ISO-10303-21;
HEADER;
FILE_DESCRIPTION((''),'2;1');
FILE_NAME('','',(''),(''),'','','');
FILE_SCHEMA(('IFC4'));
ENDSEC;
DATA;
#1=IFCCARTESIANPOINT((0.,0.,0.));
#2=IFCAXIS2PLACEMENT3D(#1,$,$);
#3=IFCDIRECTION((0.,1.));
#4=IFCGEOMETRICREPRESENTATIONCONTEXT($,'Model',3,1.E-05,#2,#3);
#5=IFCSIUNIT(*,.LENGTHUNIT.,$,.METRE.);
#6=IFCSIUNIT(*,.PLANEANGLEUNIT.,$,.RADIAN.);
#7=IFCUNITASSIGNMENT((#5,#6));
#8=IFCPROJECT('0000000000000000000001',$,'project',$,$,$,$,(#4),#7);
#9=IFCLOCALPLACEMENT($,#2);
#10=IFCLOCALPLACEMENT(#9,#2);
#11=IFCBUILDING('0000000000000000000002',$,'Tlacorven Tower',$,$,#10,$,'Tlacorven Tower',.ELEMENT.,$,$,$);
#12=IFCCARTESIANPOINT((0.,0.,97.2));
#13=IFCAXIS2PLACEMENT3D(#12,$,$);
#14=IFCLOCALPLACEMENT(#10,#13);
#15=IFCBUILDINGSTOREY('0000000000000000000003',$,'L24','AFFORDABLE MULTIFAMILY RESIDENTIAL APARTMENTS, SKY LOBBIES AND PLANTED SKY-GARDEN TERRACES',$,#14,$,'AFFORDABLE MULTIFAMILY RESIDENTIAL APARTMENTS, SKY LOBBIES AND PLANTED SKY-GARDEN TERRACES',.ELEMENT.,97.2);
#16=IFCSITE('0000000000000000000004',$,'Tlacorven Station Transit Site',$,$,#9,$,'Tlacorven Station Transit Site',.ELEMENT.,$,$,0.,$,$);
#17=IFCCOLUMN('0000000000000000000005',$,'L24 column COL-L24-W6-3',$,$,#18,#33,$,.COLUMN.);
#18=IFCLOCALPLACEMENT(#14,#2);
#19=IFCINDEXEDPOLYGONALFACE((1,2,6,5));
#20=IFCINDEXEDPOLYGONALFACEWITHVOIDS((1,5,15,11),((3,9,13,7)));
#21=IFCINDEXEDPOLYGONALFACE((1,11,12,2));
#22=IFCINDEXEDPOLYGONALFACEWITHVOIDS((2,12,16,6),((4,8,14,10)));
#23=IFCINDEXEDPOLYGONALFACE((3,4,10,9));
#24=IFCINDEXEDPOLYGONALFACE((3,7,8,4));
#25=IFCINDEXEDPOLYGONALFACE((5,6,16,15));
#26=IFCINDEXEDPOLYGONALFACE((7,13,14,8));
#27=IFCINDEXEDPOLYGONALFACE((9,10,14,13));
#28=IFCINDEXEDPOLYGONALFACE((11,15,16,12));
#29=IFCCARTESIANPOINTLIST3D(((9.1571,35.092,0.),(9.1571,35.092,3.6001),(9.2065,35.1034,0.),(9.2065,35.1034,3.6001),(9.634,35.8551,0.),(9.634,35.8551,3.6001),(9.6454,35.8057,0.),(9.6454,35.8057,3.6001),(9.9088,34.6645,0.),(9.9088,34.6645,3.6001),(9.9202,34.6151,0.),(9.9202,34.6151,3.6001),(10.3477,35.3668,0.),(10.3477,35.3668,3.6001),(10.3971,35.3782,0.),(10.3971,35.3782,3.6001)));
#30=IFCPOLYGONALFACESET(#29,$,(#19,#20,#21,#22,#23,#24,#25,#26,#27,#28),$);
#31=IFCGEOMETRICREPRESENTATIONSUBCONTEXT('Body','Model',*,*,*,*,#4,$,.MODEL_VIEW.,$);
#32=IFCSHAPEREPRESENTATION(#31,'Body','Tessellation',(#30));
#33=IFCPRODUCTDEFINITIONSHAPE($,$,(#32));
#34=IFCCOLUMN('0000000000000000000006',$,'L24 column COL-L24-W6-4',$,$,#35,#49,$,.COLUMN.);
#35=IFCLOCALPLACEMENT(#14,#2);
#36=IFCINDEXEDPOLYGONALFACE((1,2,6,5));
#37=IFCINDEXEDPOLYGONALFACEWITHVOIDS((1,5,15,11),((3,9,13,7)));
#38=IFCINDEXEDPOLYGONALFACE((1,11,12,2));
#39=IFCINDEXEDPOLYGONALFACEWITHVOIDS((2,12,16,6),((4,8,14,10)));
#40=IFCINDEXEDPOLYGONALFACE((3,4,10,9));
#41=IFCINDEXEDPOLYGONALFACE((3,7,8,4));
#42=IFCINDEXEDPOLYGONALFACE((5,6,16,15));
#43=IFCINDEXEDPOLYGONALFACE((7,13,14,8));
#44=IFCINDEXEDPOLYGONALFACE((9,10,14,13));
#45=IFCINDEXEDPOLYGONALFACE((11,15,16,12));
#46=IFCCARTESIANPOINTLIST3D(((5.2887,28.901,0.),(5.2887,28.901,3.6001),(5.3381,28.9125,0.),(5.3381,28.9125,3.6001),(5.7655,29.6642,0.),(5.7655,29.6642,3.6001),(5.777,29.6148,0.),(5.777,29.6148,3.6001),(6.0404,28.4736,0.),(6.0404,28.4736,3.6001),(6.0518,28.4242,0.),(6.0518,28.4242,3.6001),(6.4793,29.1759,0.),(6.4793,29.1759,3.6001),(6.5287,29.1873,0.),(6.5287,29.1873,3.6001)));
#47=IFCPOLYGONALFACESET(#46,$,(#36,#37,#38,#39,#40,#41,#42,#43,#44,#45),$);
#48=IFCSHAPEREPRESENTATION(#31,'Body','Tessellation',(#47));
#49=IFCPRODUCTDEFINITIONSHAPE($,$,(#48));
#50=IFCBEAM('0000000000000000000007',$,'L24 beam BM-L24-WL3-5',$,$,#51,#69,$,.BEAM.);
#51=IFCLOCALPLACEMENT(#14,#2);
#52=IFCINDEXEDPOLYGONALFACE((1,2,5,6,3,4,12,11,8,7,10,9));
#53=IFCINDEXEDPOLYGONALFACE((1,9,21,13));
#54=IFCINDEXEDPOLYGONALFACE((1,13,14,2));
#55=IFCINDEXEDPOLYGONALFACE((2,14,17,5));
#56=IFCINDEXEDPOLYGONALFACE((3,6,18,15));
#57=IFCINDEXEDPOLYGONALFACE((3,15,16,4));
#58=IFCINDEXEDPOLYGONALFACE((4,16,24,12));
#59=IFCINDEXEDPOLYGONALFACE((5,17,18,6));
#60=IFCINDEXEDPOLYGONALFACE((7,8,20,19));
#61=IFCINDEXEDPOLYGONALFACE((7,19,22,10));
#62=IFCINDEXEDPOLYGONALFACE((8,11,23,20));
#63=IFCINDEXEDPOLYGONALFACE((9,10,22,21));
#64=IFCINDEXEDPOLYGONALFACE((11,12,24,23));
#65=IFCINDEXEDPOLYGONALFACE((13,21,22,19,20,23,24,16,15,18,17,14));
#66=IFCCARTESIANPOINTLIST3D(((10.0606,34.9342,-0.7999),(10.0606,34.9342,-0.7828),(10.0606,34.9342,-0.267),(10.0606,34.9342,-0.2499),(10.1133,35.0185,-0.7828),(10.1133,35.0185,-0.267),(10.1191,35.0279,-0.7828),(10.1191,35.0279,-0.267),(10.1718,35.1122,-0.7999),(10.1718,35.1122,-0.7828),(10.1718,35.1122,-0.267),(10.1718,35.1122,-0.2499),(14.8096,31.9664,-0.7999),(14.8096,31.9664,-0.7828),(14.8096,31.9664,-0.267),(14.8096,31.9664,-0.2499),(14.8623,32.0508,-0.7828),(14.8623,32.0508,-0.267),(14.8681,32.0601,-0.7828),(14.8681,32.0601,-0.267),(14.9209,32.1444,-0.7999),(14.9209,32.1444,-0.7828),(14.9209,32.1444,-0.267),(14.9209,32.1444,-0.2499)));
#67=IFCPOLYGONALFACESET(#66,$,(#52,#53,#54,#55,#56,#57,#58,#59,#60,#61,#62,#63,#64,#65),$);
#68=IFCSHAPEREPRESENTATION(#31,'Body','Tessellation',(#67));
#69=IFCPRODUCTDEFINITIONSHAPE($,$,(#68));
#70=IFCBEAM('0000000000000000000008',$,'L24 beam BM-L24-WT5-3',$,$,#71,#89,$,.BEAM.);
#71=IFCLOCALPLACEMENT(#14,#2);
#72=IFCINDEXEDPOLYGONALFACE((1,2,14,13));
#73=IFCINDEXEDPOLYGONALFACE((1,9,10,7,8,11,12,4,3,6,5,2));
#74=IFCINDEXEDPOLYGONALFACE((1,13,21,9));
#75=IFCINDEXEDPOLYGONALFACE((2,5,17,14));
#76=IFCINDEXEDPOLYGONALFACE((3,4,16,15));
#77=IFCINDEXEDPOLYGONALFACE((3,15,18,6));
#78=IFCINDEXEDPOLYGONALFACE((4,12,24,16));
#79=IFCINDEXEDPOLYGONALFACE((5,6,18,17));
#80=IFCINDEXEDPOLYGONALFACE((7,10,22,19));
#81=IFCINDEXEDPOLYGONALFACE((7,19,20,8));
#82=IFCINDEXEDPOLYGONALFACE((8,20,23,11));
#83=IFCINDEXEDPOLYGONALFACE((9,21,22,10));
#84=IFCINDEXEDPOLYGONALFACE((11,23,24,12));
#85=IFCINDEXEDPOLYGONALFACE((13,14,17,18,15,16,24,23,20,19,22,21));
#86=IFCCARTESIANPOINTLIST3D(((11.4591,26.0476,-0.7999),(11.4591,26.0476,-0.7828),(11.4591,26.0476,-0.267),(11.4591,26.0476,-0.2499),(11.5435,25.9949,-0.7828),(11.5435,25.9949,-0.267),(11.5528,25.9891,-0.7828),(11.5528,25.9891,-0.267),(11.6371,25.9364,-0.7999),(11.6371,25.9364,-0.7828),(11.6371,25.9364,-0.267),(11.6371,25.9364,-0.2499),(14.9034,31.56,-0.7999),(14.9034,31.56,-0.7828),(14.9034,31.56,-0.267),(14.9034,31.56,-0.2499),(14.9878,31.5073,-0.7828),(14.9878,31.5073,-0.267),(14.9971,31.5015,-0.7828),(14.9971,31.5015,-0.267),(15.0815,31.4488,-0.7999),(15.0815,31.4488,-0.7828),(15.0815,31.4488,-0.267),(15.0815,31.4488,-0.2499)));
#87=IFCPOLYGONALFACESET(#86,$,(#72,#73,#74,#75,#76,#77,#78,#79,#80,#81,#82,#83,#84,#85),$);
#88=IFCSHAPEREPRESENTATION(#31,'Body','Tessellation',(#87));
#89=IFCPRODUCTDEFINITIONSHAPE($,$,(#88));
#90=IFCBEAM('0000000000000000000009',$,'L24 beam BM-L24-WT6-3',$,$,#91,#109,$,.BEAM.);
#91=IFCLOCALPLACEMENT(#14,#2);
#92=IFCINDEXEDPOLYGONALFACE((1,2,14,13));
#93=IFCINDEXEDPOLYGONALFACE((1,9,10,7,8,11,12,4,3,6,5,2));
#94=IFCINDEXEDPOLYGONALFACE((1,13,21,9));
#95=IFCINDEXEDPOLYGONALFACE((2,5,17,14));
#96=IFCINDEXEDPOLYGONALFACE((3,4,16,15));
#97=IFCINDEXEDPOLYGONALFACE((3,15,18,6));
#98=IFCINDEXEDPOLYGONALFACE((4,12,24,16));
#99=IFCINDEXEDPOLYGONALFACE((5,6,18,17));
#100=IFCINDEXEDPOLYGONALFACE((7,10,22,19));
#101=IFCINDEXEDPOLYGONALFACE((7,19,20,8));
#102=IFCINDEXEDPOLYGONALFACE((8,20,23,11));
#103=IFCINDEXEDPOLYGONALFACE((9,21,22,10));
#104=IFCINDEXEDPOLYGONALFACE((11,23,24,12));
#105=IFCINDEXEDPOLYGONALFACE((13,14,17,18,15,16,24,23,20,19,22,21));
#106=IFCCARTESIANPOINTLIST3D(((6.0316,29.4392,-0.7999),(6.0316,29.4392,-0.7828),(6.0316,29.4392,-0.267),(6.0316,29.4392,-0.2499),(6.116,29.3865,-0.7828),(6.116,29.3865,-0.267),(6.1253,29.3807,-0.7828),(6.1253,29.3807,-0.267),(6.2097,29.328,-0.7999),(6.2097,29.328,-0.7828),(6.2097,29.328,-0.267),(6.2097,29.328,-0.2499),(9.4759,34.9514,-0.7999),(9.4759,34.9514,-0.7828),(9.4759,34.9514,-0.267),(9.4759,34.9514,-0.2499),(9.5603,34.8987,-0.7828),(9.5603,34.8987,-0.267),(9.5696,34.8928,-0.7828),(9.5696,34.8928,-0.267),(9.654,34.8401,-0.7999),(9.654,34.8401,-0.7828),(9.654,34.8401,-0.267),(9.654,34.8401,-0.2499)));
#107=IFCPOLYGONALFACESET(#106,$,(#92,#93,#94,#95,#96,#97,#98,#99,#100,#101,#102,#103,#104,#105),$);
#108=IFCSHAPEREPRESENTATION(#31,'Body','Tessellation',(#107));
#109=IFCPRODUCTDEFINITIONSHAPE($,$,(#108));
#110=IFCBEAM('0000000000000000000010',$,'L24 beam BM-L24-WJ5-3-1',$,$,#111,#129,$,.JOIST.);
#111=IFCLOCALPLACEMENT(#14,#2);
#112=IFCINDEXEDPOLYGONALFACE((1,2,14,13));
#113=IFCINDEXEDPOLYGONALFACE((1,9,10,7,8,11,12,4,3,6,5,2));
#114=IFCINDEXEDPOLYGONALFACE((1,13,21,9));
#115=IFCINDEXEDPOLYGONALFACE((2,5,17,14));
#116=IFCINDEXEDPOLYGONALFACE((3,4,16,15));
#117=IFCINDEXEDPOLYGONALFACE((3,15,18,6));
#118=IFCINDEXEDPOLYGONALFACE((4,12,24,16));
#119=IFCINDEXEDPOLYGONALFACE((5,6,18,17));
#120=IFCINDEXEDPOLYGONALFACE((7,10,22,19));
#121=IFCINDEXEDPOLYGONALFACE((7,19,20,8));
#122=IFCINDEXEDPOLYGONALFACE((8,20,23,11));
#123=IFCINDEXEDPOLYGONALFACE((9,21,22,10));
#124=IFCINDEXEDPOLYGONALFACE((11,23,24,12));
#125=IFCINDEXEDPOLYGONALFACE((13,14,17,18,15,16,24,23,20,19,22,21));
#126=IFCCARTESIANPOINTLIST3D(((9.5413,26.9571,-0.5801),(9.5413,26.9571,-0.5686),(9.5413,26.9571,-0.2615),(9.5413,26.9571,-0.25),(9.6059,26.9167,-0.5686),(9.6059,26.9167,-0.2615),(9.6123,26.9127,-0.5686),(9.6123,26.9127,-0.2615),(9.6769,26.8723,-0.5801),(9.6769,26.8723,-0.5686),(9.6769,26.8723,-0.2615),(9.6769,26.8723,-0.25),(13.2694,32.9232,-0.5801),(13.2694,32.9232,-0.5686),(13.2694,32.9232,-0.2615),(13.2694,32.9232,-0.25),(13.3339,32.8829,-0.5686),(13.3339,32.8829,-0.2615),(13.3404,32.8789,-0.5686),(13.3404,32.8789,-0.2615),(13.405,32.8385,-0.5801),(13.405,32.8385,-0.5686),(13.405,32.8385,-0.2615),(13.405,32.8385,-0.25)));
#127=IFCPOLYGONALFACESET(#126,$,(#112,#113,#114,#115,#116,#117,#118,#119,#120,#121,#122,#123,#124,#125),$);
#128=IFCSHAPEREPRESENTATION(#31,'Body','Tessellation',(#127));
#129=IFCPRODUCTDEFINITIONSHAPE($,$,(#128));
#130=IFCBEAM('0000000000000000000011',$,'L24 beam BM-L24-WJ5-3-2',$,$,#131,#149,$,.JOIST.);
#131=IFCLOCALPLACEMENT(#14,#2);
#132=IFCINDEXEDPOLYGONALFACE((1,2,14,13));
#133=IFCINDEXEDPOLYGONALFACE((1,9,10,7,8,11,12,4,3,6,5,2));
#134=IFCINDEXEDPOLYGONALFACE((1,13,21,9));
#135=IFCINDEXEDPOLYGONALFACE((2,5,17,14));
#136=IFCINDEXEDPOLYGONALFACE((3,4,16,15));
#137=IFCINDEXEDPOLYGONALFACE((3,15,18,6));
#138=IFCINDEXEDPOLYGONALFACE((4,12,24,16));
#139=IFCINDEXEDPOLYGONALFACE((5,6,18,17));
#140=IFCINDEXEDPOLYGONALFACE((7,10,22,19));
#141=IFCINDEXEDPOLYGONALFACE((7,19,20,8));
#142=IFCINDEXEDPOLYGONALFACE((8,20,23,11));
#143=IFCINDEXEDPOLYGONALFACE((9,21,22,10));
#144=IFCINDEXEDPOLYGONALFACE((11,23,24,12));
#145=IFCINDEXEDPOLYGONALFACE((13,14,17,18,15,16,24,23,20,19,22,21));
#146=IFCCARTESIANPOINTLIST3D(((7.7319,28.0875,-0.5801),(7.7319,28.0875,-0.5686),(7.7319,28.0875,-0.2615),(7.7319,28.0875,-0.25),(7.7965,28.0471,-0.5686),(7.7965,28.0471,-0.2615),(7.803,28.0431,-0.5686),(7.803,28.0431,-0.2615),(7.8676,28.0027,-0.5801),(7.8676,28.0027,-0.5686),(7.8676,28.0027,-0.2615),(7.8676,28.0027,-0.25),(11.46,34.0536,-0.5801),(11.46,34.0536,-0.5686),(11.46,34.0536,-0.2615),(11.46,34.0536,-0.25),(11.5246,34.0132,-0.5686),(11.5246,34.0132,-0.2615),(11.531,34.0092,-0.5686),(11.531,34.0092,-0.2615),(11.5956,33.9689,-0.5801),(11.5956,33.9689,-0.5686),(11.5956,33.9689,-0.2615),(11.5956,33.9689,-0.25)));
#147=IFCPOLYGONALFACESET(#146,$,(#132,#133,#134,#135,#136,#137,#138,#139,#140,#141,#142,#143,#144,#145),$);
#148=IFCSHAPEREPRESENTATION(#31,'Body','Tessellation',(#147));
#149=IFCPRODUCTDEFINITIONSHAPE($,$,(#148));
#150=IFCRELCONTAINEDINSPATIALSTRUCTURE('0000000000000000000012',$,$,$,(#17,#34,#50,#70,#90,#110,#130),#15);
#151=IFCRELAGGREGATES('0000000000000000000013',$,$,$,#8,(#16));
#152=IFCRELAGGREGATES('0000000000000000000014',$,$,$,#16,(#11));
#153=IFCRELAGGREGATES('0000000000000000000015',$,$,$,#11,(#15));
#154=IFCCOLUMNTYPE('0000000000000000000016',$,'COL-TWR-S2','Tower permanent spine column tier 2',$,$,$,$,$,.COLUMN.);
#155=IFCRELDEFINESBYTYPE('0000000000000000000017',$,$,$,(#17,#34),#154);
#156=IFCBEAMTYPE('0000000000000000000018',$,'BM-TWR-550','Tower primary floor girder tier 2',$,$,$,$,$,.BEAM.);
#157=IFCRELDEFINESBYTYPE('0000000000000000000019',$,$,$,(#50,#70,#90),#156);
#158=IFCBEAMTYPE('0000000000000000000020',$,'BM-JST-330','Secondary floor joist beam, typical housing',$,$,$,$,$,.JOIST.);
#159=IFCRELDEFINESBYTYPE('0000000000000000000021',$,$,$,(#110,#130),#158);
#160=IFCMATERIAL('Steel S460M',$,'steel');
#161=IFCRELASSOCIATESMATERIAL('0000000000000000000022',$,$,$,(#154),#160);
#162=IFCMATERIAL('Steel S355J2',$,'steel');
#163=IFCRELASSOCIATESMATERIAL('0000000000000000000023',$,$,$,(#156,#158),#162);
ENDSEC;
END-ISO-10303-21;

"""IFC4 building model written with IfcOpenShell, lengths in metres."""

from ifc_helpers import new_model, si_unit, direction, frame, origin, origin_2d, place, context, subcontext, project, spatial, hollow_rectangle, i_section, extrude, source, transform, mapped, material, material_profile, profile_set, type_object, element, save


model = new_model("IFC4")

# Units and contexts
model_context = context("Model", 3, precision=1e-05, world=origin(), true_north=direction((0.0, 1.0)))
body_context = subcontext(model_context, "Body", "Model", "MODEL_VIEW")
ifc_project = project(units=[si_unit("LENGTHUNIT", "METRE"), si_unit("PLANEANGLEUNIT", "RADIAN")], contexts=[model_context])

# Site, building, storey
site_placement = place(None, origin())
site = spatial("IfcSite", under=ifc_project, at=site_placement, Name="Tlacorven Station Transit Site", LongName="Tlacorven Station Transit Site", CompositionType="ELEMENT", RefElevation=0.0)
building_placement = place(site_placement, origin())
building = spatial("IfcBuilding", under=site, at=building_placement, Name="Tlacorven Tower", LongName="Tlacorven Tower", CompositionType="ELEMENT")
storey_placement = place(building_placement, frame((0.0, 0.0, 97.2)))
storey = spatial("IfcBuildingStorey", under=building, at=storey_placement, Name="L24", Description="AFFORDABLE MULTIFAMILY RESIDENTIAL APARTMENTS, SKY LOBBIES AND PLANTED SKY-GARDEN TERRACES", LongName="AFFORDABLE MULTIFAMILY RESIDENTIAL APARTMENTS, SKY LOBBIES AND PLANTED SKY-GARDEN TERRACES", CompositionType="ELEMENT", Elevation=97.2)

# Columns
ifc_material_1 = material(Name="Steel S460M", Category="steel")
ifc_material_profile_1 = material_profile(ifc_material_1, hollow_rectangle(XDim=0.8999, YDim=0.8999, WallThickness=0.0359, at=origin_2d()), Name="BOX 900X900X36")
ifc_profile_set_1 = profile_set([ifc_material_profile_1], Name="Steel S460M")
column_type = type_object("IfcColumnType", Name="COL-TWR-S2", Description="Tower permanent spine column tier 2", PredefinedType="COLUMN", material=ifc_profile_set_1)
shared_shape_1 = source(origin(), body_context, "Body", "SweptSolid", [
    extrude(hollow_rectangle(XDim=0.8999, YDim=0.8999, WallThickness=0.0359, at=origin_2d()), origin(), (0.0, 0.0, 1.0), 3.6001),
])
for number, where, z_axis, x_axis, name in (
    (1, (9.7771, 35.2351, 0.0), (0.0, 0.0, 1.0), (-0.848048, 0.529919, 0.0), "L24 column COL-L24-W6-3"),
    (2, (5.9087, 29.0442, 0.0), (0.0, 0.0, 1.0), (-0.848048, 0.529919, 0.0), "L24 column COL-L24-W6-4"),
):
    element("IfcColumn", number, at=place(storey_placement, frame(where, z_axis=z_axis, x_axis=x_axis)), inside=storey, type_object=column_type, Name=name, PredefinedType="COLUMN", context=body_context, shape_type="MappedRepresentation", body=[
        mapped(shared_shape_1, transform((0.0, 0.0, 0.0), scale=1.0)),
    ])

# Beams
ifc_material_2 = material(Name="Steel S355J2", Category="steel")
ifc_material_profile_2 = material_profile(ifc_material_2, i_section(OverallWidth=0.21, OverallDepth=0.55, WebThickness=0.011, FlangeThickness=0.0171, at=origin_2d()), Name="IPE 550")
ifc_profile_set_2 = profile_set([ifc_material_profile_2], Name="Steel S355J2")
beam_type_1 = type_object("IfcBeamType", Name="BM-TWR-550", Description="Tower primary floor girder tier 2", PredefinedType="BEAM", material=ifc_profile_set_2)
shared_shape_2 = source(origin(), body_context, "Body", "SweptSolid", [
    extrude(i_section(OverallWidth=0.21, OverallDepth=0.55, WebThickness=0.011, FlangeThickness=0.0171, at=origin_2d()), origin(), (0.0, 0.0, 1.0), 5.6001),
])
beam_1_placement = place(storey_placement, frame((14.8652, 32.0554, -0.5249), z_axis=(-0.848028, 0.529952, 0.0), x_axis=(-0.529952, -0.848028, 0.0)))
element("IfcBeam", 3, at=beam_1_placement, inside=storey, type_object=beam_type_1, Name="L24 beam BM-L24-WL3-5", PredefinedType="BEAM", context=body_context, shape_type="MappedRepresentation", body=[
    mapped(shared_shape_2, transform((0.0, 0.0, 0.0), scale=1.0)),
])
shared_shape_3 = source(origin(), body_context, "Body", "SweptSolid", [
    extrude(i_section(OverallWidth=0.21, OverallDepth=0.55, WebThickness=0.011, FlangeThickness=0.0171, at=origin_2d()), origin(), (0.0, 0.0, 1.0), 6.5),
])
beam_2_placement = place(storey_placement, frame((14.9924, 31.5044, -0.5249), z_axis=(-0.529894, -0.848064, 0.0), x_axis=(0.848064, -0.529894, 0.0)))
element("IfcBeam", 4, at=beam_2_placement, inside=storey, type_object=beam_type_1, Name="L24 beam BM-L24-WT5-3", PredefinedType="BEAM", context=body_context, shape_type="MappedRepresentation", body=[
    mapped(shared_shape_3, transform((0.0, 0.0, 0.0), scale=1.0)),
])
shared_shape_4 = source(origin(), body_context, "Body", "SweptSolid", [
    extrude(i_section(OverallWidth=0.21, OverallDepth=0.55, WebThickness=0.011, FlangeThickness=0.0171, at=origin_2d()), origin(), (0.0, 0.0, 1.0), 6.4998),
])
beam_3_placement = place(storey_placement, frame((9.5649, 34.8958, -0.5249), z_axis=(-0.529911, -0.848053, 0.0), x_axis=(0.848053, -0.529911, 0.0)))
element("IfcBeam", 5, at=beam_3_placement, inside=storey, type_object=beam_type_1, Name="L24 beam BM-L24-WT6-3", PredefinedType="BEAM", context=body_context, shape_type="MappedRepresentation", body=[
    mapped(shared_shape_4, transform((0.0, 0.0, 0.0), scale=1.0)),
])
ifc_material_profile_3 = material_profile(ifc_material_2, i_section(OverallWidth=0.1599, OverallDepth=0.3301, WebThickness=0.0076, FlangeThickness=0.0115, at=origin_2d()), Name="IPE 330")
ifc_profile_set_3 = profile_set([ifc_material_profile_3], Name="Steel S355J2")
beam_type_2 = type_object("IfcBeamType", Name="BM-JST-330", Description="Secondary floor joist beam, typical housing", PredefinedType="JOIST", material=ifc_profile_set_3)
shared_shape_5 = source(origin(), body_context, "Body", "SweptSolid", [
    extrude(i_section(OverallWidth=0.1599, OverallDepth=0.3301, WebThickness=0.0076, FlangeThickness=0.0115, at=origin_2d()), origin(), (0.0, 0.0, 1.0), 7.0352),
])
for number, where, z_axis, x_axis, name in (
    (6, (13.3372, 32.8809, -0.415), (-0.529921, -0.848047, 0.0), (0.848047, -0.529921, 0.0), "L24 beam BM-L24-WJ5-3-1"),
    (7, (11.5278, 34.0112, -0.415), (-0.529921, -0.848047, 0.0), (0.848047, -0.529921, 0.0), "L24 beam BM-L24-WJ5-3-2"),
):
    element("IfcBeam", number, at=place(storey_placement, frame(where, z_axis=z_axis, x_axis=x_axis)), inside=storey, type_object=beam_type_2, Name=name, PredefinedType="JOIST", context=body_context, shape_type="MappedRepresentation", body=[
        mapped(shared_shape_5, transform((0.0, 0.0, 0.0), scale=1.0)),
    ])

save(model, "model.ifc")
